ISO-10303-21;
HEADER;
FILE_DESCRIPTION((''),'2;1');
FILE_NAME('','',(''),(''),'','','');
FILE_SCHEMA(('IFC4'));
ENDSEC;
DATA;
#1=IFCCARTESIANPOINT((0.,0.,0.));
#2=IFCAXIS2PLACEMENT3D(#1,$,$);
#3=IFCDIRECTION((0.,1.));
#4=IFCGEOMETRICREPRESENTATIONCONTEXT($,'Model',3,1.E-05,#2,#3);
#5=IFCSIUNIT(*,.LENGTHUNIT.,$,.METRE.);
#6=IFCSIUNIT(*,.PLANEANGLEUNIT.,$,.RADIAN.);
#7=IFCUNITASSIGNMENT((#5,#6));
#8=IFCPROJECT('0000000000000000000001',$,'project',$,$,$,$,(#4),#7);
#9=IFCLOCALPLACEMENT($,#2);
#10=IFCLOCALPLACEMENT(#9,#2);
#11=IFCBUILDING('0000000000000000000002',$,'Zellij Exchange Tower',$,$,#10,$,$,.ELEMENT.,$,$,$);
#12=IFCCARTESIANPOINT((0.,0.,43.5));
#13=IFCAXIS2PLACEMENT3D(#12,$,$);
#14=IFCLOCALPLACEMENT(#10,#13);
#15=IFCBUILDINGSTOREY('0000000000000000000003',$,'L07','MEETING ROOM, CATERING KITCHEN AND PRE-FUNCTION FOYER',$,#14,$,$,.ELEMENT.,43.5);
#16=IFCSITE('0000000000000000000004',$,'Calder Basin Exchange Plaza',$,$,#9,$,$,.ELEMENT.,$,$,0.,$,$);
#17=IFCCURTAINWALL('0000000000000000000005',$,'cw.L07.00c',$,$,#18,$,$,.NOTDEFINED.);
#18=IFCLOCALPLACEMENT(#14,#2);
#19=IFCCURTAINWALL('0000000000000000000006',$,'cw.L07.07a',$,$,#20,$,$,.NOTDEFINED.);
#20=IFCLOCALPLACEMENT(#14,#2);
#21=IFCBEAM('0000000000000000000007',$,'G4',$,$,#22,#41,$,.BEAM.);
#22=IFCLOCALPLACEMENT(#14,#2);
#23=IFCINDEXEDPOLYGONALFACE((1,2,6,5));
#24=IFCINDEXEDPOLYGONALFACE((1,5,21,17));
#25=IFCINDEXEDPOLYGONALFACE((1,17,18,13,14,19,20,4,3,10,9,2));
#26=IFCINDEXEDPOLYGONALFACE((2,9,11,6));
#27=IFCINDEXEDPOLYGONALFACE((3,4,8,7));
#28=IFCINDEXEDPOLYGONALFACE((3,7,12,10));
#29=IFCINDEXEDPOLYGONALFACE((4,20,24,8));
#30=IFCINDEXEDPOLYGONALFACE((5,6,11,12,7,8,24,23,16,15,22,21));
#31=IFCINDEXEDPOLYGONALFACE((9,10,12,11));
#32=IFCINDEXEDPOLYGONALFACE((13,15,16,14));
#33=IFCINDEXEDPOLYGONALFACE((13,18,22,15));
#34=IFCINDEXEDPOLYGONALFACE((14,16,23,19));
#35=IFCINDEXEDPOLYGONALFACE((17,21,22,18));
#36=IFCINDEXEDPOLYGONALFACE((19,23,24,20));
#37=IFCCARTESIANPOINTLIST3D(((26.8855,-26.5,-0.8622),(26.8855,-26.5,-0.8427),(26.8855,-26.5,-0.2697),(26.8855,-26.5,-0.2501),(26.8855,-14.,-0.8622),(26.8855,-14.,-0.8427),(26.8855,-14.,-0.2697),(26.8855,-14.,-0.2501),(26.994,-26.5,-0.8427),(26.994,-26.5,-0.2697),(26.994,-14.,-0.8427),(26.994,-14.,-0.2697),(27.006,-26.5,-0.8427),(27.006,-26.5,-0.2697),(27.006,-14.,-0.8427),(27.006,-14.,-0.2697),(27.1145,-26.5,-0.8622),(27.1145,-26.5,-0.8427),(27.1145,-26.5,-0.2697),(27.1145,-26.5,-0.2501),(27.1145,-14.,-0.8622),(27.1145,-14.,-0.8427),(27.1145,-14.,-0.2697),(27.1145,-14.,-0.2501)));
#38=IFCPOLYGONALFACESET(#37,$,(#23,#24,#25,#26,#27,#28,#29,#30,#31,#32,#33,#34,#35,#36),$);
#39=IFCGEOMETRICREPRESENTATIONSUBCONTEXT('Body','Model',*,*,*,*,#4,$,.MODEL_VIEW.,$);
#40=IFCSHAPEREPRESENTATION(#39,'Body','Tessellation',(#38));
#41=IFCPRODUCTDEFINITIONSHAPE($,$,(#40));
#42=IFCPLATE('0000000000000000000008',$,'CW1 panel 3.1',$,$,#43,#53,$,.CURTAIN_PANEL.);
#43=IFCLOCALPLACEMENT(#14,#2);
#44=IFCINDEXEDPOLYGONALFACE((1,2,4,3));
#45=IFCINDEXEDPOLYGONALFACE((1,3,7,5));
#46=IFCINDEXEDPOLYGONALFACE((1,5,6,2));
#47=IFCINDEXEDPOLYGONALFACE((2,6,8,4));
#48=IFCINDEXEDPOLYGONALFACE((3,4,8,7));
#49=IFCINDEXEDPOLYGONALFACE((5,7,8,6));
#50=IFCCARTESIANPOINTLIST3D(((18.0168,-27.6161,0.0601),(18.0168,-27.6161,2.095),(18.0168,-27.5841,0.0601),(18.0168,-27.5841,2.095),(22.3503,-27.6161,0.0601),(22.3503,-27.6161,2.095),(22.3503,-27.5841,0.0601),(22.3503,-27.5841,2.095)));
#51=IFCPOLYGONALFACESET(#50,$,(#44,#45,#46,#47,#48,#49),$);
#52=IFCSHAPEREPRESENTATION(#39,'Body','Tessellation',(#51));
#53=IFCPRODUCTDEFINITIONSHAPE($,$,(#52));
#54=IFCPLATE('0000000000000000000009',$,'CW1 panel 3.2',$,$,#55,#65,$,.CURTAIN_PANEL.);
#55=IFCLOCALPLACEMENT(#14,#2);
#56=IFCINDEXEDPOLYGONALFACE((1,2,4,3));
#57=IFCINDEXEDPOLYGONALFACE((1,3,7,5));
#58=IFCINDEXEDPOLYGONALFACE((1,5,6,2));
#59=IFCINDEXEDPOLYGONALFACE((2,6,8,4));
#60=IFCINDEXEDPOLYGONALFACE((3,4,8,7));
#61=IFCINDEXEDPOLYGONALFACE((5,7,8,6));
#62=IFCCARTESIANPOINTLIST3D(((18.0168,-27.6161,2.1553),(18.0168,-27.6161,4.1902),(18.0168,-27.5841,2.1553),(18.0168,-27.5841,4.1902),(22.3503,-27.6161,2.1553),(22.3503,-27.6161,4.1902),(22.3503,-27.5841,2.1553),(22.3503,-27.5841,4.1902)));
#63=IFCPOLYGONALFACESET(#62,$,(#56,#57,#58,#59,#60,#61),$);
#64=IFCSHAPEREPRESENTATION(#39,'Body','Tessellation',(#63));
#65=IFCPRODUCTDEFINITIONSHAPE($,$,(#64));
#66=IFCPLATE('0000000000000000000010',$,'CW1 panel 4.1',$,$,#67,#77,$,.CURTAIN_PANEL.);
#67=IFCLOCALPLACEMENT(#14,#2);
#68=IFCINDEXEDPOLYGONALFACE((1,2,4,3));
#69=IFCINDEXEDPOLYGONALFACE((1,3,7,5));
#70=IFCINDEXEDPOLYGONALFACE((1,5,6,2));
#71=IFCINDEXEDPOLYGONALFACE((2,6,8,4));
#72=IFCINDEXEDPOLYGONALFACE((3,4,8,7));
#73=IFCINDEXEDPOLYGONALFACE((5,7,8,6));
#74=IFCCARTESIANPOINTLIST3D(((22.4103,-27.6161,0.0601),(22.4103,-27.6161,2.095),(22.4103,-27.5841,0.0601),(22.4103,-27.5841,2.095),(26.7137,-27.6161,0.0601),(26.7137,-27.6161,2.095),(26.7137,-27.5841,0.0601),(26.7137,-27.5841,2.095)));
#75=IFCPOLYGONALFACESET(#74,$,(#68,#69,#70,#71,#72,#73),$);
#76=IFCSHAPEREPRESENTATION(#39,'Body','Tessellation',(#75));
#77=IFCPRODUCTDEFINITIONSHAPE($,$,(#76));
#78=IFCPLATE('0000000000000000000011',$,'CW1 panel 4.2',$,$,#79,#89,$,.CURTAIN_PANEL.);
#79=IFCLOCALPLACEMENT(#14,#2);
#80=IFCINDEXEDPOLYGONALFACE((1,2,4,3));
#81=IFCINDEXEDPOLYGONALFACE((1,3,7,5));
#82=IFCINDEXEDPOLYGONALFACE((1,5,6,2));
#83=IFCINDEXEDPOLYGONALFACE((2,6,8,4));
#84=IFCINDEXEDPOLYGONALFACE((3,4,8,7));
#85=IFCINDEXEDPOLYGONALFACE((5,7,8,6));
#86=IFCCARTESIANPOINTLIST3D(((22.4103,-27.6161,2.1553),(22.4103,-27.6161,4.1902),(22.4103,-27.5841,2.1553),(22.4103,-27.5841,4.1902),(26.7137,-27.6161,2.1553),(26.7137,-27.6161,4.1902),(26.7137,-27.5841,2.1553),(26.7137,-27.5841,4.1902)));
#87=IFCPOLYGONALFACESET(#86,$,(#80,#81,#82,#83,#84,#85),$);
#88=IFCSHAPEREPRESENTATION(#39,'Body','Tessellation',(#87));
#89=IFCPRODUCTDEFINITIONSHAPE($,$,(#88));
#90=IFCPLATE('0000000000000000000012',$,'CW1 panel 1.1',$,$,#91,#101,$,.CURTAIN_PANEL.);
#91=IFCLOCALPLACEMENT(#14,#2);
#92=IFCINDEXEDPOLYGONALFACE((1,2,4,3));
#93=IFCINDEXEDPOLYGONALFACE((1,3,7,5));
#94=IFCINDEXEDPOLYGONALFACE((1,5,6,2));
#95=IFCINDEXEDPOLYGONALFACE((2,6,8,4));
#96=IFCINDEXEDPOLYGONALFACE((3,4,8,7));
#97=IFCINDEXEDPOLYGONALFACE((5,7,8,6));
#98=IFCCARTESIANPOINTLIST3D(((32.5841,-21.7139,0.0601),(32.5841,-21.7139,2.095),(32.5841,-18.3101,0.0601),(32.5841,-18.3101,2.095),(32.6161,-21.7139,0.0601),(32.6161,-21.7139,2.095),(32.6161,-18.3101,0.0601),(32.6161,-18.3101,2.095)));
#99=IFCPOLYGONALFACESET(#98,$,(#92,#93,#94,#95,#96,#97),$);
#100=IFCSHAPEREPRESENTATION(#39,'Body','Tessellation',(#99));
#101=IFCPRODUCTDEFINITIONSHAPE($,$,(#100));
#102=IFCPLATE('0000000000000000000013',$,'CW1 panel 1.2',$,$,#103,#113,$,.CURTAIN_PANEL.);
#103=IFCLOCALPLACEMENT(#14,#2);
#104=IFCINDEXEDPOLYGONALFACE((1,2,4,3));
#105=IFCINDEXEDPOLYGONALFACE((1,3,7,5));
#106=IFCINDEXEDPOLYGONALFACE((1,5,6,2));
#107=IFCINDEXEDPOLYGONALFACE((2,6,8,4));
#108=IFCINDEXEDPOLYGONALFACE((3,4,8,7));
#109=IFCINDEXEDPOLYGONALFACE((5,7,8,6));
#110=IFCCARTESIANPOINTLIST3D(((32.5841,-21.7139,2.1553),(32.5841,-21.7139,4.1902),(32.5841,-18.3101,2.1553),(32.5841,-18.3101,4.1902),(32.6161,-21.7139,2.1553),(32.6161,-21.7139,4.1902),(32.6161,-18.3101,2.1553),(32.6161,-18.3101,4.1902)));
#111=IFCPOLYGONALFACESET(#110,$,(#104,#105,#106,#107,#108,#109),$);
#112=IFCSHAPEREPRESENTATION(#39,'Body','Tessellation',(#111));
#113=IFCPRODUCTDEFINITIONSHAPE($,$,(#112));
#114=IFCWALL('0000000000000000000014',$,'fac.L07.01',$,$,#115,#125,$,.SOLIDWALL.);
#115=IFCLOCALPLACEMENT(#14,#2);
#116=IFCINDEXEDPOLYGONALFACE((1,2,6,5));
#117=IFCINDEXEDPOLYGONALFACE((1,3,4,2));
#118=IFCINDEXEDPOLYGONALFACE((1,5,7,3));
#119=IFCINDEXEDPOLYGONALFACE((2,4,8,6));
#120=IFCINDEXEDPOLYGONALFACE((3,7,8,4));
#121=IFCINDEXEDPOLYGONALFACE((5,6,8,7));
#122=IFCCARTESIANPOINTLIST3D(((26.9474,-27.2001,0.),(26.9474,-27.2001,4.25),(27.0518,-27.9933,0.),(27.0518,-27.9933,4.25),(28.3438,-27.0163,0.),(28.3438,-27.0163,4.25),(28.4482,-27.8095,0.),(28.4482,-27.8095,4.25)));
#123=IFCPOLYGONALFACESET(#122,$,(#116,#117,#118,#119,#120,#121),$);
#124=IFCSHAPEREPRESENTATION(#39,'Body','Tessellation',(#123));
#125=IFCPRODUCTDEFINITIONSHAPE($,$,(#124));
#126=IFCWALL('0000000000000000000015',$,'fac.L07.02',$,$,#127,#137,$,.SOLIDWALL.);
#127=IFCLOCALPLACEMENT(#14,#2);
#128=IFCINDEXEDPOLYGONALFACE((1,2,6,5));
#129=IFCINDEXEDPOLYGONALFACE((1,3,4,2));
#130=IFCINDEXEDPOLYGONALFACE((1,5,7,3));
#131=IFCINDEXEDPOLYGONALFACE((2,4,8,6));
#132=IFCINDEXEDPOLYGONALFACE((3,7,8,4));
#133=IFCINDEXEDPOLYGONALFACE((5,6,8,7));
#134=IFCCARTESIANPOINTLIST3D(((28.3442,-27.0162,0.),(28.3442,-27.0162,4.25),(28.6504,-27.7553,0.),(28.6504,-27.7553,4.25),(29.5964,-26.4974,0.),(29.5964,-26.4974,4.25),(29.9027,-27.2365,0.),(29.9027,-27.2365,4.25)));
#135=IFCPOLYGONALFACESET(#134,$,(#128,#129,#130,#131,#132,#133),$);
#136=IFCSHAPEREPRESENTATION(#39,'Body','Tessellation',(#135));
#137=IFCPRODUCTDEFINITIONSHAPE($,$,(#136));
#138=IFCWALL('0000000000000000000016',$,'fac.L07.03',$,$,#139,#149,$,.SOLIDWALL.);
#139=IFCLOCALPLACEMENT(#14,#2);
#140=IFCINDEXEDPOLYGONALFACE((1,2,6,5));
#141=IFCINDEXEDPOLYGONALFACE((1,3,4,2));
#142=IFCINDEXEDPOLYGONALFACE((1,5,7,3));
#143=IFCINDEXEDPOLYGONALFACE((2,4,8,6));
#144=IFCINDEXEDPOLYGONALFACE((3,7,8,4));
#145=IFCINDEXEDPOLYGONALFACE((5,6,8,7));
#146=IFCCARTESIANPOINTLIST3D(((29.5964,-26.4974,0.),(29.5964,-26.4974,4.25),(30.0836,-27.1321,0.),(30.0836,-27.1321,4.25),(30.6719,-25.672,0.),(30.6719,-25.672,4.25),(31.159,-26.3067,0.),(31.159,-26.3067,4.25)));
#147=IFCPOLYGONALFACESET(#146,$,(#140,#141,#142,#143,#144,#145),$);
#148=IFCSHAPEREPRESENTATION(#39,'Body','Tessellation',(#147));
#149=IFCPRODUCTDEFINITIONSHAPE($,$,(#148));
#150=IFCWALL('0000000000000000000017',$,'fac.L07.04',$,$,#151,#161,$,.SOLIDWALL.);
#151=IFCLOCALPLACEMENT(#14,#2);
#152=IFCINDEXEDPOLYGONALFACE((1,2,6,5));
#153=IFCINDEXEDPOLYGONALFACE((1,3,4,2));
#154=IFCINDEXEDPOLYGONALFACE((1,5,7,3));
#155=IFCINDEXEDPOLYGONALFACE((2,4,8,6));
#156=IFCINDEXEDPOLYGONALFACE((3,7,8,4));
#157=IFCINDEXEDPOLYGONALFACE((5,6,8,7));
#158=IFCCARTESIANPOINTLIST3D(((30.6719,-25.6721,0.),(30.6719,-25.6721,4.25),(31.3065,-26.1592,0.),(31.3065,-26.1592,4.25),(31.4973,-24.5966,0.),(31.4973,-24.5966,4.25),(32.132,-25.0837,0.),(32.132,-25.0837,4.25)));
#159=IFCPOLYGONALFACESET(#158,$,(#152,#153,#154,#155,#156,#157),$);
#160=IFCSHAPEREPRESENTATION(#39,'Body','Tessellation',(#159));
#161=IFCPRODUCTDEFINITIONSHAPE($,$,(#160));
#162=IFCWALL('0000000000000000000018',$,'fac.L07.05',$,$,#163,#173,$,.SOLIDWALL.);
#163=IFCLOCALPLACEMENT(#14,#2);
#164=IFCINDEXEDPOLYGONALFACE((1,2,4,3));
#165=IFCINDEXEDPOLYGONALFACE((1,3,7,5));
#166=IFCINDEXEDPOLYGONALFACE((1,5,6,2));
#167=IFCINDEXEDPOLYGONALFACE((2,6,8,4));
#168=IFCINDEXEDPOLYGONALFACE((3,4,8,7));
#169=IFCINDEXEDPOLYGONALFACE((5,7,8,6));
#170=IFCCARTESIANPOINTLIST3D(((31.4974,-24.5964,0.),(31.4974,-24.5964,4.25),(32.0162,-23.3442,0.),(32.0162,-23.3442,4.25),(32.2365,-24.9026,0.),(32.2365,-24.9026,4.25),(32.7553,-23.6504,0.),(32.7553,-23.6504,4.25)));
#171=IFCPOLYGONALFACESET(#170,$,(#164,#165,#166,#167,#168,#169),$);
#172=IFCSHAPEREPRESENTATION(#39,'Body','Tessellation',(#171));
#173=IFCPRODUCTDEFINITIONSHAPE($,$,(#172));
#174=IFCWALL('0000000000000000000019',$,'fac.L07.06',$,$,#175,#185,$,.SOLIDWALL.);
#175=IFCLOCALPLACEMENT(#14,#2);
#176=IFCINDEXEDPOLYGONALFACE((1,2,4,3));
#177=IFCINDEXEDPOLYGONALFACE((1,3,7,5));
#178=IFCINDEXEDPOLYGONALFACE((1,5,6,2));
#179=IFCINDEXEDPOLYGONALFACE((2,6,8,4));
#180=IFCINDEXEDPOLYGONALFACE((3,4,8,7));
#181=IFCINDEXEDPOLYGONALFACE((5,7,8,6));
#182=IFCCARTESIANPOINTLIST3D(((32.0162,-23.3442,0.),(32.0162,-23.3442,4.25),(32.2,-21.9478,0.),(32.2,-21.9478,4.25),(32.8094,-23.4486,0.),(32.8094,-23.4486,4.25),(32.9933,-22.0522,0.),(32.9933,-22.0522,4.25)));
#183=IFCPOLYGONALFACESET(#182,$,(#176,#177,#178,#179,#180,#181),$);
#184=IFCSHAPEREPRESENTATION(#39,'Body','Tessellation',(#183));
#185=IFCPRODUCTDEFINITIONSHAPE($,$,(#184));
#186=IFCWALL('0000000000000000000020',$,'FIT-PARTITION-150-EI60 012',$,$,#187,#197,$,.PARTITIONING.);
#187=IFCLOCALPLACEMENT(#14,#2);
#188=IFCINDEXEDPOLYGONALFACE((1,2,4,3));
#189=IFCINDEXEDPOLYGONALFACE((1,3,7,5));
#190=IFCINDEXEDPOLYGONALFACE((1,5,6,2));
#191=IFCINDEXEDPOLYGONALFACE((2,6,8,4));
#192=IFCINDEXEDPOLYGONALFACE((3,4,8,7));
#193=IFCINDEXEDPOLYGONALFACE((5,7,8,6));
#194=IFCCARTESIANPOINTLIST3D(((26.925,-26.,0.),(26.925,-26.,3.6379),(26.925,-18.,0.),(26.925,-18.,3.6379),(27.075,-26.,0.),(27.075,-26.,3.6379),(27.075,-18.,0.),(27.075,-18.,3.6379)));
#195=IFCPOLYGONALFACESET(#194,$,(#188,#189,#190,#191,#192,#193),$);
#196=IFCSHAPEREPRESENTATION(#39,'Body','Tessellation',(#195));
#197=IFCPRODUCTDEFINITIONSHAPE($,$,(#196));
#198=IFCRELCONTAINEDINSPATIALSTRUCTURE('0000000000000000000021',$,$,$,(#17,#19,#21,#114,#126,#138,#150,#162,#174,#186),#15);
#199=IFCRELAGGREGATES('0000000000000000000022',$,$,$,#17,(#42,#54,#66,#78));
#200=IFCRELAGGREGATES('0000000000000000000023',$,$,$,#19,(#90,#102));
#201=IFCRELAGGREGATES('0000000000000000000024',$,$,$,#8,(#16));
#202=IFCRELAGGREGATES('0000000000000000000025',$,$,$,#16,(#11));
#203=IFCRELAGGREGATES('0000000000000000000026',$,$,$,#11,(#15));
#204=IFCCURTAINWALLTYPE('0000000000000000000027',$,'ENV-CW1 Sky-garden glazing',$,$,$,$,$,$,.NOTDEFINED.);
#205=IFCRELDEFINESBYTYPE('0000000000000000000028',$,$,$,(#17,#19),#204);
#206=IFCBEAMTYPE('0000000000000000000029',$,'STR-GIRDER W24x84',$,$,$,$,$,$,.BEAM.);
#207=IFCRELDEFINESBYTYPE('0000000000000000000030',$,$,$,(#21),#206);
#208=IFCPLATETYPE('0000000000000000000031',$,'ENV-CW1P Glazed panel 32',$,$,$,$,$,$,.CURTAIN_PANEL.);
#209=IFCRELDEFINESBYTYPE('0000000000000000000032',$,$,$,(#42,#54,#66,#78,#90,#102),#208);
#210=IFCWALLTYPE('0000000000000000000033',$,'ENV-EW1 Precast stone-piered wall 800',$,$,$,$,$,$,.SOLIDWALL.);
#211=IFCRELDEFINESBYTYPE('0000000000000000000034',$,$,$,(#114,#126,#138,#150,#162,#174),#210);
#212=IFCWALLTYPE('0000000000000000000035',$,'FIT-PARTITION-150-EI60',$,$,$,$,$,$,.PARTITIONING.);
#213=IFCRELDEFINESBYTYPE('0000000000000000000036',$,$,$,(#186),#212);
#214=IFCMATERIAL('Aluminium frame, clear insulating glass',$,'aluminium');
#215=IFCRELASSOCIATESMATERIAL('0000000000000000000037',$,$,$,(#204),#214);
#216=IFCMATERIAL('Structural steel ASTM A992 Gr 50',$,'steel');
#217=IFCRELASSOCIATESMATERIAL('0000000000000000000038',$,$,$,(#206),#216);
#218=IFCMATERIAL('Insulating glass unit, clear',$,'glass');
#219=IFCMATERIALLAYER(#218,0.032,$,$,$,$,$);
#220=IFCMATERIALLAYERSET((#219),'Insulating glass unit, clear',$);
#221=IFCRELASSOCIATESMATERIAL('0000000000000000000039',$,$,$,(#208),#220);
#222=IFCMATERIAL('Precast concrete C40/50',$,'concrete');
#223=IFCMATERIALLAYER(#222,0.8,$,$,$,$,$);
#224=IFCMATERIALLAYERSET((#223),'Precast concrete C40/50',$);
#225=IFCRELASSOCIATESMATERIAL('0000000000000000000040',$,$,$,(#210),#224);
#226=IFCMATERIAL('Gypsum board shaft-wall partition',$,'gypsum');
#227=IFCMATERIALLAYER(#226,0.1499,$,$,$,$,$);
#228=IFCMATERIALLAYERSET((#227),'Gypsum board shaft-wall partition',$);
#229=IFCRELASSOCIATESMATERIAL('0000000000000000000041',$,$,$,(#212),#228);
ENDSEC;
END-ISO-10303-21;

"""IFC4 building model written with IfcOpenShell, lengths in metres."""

from ifc_helpers import new_model, si_unit, direction, frame, frame_2d, origin, origin_2d, place, context, subcontext, project, spatial, rectangle, i_section, extrude, material, layer, layer_set, material_profile, profile_set, type_object, element, aggregate, save


model = new_model("IFC4")

# Units and contexts
model_context = context("Model", 3, precision=1e-05, world=origin(), true_north=direction((0.0, 1.0)))
body_context = subcontext(model_context, "Body", "Model", "MODEL_VIEW")
ifc_project = project(units=[si_unit("LENGTHUNIT", "METRE"), si_unit("PLANEANGLEUNIT", "RADIAN")], contexts=[model_context])

# Site, building, storey
site_placement = place(None, origin())
site = spatial("IfcSite", under=ifc_project, at=site_placement, Name="Calder Basin Exchange Plaza", CompositionType="ELEMENT", RefElevation=0.0)
building_placement = place(site_placement, origin())
building = spatial("IfcBuilding", under=site, at=building_placement, Name="Zellij Exchange Tower", CompositionType="ELEMENT")
storey_placement = place(building_placement, frame((0.0, 0.0, 43.5)))
storey = spatial("IfcBuildingStorey", under=building, at=storey_placement, Name="L07", Description="MEETING ROOM, CATERING KITCHEN AND PRE-FUNCTION FOYER", CompositionType="ELEMENT", Elevation=43.5)

# Curtain walls
ifc_material_1 = material(Name="Aluminium frame, clear insulating glass", Category="aluminium")
curtain_wall_type = type_object("IfcCurtainWallType", Name="ENV-CW1 Sky-garden glazing", PredefinedType="NOTDEFINED", material=ifc_material_1)
curtain_wall_1_placement = place(storey_placement, origin())
curtain_wall_1 = element("IfcCurtainWall", 1, at=curtain_wall_1_placement, inside=storey, type_object=curtain_wall_type, Name="cw.L07.00c", PredefinedType="NOTDEFINED")
curtain_wall_2_placement = place(storey_placement, origin())
curtain_wall_2 = element("IfcCurtainWall", 2, at=curtain_wall_2_placement, inside=storey, type_object=curtain_wall_type, Name="cw.L07.07a", PredefinedType="NOTDEFINED")

# Beam
ifc_material_2 = material(Name="Structural steel ASTM A992 Gr 50", Category="steel")
ifc_material_profile_1 = material_profile(ifc_material_2, i_section(OverallWidth=0.229, OverallDepth=0.6121, WebThickness=0.012, FlangeThickness=0.0195, at=origin_2d()), Name="W24x84")
ifc_profile_set_1 = profile_set([ifc_material_profile_1], Name="Structural steel ASTM A992 Gr 50")
beam_type_1 = type_object("IfcBeamType", Name="STR-GIRDER W24x84", PredefinedType="BEAM", material=ifc_profile_set_1)
beam_1_placement = place(storey_placement, frame((27.0, -26.5, -0.5562), z_axis=(0.0, 1.0, 0.0), x_axis=(-1.0, 0.0, 0.0)))
element("IfcBeam", 3, at=beam_1_placement, inside=storey, type_object=beam_type_1, Name="G4", PredefinedType="BEAM", context=body_context, shape_type="SweptSolid", body=[
    extrude(i_section(OverallWidth=0.229, OverallDepth=0.6121, WebThickness=0.012, FlangeThickness=0.0195, at=origin_2d()), origin(), (0.0, 0.0, 1.0), 12.5),
])

# Plates
ifc_material_3 = material(Name="Insulating glass unit, clear", Category="glass")
ifc_layer_1 = layer(ifc_material_3, 0.032)
ifc_layer_set_1 = layer_set([ifc_layer_1], Name="Insulating glass unit, clear")
plate_type = type_object("IfcPlateType", Name="ENV-CW1P Glazed panel 32", PredefinedType="CURTAIN_PANEL", material=ifc_layer_set_1)
plate_1_placement = place(storey_placement, frame((20.1836, -27.6001, 0.0601), z_axis=(0.0, 0.0, 1.0), x_axis=(1.0, 0.0, 0.0)))
plate_1 = element("IfcPlate", 4, at=plate_1_placement, type_object=plate_type, Name="CW1 panel 3.1", PredefinedType="CURTAIN_PANEL", context=body_context, shape_type="SweptSolid", body=[
    extrude(rectangle(XDim=4.3335, YDim=0.032, at=origin_2d()), origin(), (0.0, 0.0, 1.0), 2.0349),
])
plate_2_placement = place(storey_placement, frame((20.1836, -27.6001, 2.1553), z_axis=(0.0, 0.0, 1.0), x_axis=(1.0, 0.0, 0.0)))
plate_2 = element("IfcPlate", 5, at=plate_2_placement, type_object=plate_type, Name="CW1 panel 3.2", PredefinedType="CURTAIN_PANEL", context=body_context, shape_type="SweptSolid", body=[
    extrude(rectangle(XDim=4.3335, YDim=0.032, at=origin_2d()), origin(), (0.0, 0.0, 1.0), 2.0349),
])
plate_3_placement = place(storey_placement, frame((24.562, -27.6001, 0.0601), z_axis=(0.0, 0.0, 1.0), x_axis=(1.0, 0.0, 0.0)))
plate_3 = element("IfcPlate", 6, at=plate_3_placement, type_object=plate_type, Name="CW1 panel 4.1", PredefinedType="CURTAIN_PANEL", context=body_context, shape_type="SweptSolid", body=[
    extrude(rectangle(XDim=4.3035, YDim=0.032, at=origin_2d()), origin(), (0.0, 0.0, 1.0), 2.0349),
])
plate_4_placement = place(storey_placement, frame((24.562, -27.6001, 2.1553), z_axis=(0.0, 0.0, 1.0), x_axis=(1.0, 0.0, 0.0)))
plate_4 = element("IfcPlate", 7, at=plate_4_placement, type_object=plate_type, Name="CW1 panel 4.2", PredefinedType="CURTAIN_PANEL", context=body_context, shape_type="SweptSolid", body=[
    extrude(rectangle(XDim=4.3035, YDim=0.032, at=origin_2d()), origin(), (0.0, 0.0, 1.0), 2.0349),
])
aggregate(curtain_wall_1, [plate_1, plate_2, plate_3, plate_4])
plate_5_placement = place(storey_placement, frame((32.6001, -20.012, 0.0601), z_axis=(0.0, 0.0, 1.0), x_axis=(0.0, 1.0, 0.0)))
plate_5 = element("IfcPlate", 8, at=plate_5_placement, type_object=plate_type, Name="CW1 panel 1.1", PredefinedType="CURTAIN_PANEL", context=body_context, shape_type="SweptSolid", body=[
    extrude(rectangle(XDim=3.4038, YDim=0.032, at=origin_2d()), origin(), (0.0, 0.0, 1.0), 2.0349),
])
plate_6_placement = place(storey_placement, frame((32.6001, -20.012, 2.1553), z_axis=(0.0, 0.0, 1.0), x_axis=(0.0, 1.0, 0.0)))
plate_6 = element("IfcPlate", 9, at=plate_6_placement, type_object=plate_type, Name="CW1 panel 1.2", PredefinedType="CURTAIN_PANEL", context=body_context, shape_type="SweptSolid", body=[
    extrude(rectangle(XDim=3.4038, YDim=0.032, at=origin_2d()), origin(), (0.0, 0.0, 1.0), 2.0349),
])
aggregate(curtain_wall_2, [plate_5, plate_6])

# Walls
ifc_material_4 = material(Name="Precast concrete C40/50", Category="concrete")
ifc_layer_2 = layer(ifc_material_4, 0.8)
ifc_layer_set_2 = layer_set([ifc_layer_2], Name="Precast concrete C40/50")
wall_type_1 = type_object("IfcWallType", Name="ENV-EW1 Precast stone-piered wall 800", PredefinedType="SOLIDWALL", material=ifc_layer_set_2)
wall_1_placement = place(storey_placement, frame((26.9998, -27.5967, 0.0), z_axis=(0.0, 0.0, 1.0), x_axis=(0.991446, 0.130517, 0.0)))
element("IfcWall", 10, at=wall_1_placement, inside=storey, type_object=wall_type_1, Name="fac.L07.01", PredefinedType="SOLIDWALL", context=body_context, shape_type="SweptSolid", body=[
    extrude(rectangle(XDim=1.4084, YDim=0.8, at=frame_2d((0.7041, 0.0))), origin(), (0.0, 0.0, 1.0), 4.25),
])
wall_2_placement = place(storey_placement, frame((28.4973, -27.3857, 0.0), z_axis=(0.0, 0.0, 1.0), x_axis=(0.923848, 0.38276, 0.0)))
element("IfcWall", 11, at=wall_2_placement, inside=storey, type_object=wall_type_1, Name="fac.L07.02", PredefinedType="SOLIDWALL", context=body_context, shape_type="SweptSolid", body=[
    extrude(rectangle(XDim=1.3555, YDim=0.8, at=frame_2d((0.6777, 0.0))), origin(), (0.0, 0.0, 1.0), 4.25),
])
for number, where, z_axis, x_axis, name in (
    (12, (29.8401, -26.8147, 0.0), (0.0, 0.0, 1.0), (0.793273, 0.608866, 0.0), "fac.L07.03"),
    (13, (30.9893, -25.9155, 0.0), (0.0, 0.0, 1.0), (0.608866, 0.793273, 0.0), "fac.L07.04"),
):
    element("IfcWall", number, at=place(storey_placement, frame(where, z_axis=z_axis, x_axis=x_axis)), inside=storey, type_object=wall_type_1, Name=name, PredefinedType="SOLIDWALL", context=body_context, shape_type="SweptSolid", body=[
        extrude(rectangle(XDim=1.3557, YDim=0.8, at=frame_2d((0.6777, 0.0))), origin(), (0.0, 0.0, 1.0), 4.25),
    ])
wall_3_placement = place(storey_placement, frame((31.8669, -24.7495, 0.0), z_axis=(0.0, 0.0, 1.0), x_axis=(0.38276, 0.923848, 0.0)))
element("IfcWall", 14, at=wall_3_placement, inside=storey, type_object=wall_type_1, Name="fac.L07.05", PredefinedType="SOLIDWALL", context=body_context, shape_type="SweptSolid", body=[
    extrude(rectangle(XDim=1.3555, YDim=0.8, at=frame_2d((0.6777, 0.0))), origin(), (0.0, 0.0, 1.0), 4.25),
])
wall_4_placement = place(storey_placement, frame((32.4128, -23.3962, 0.0), z_axis=(0.0, 0.0, 1.0), x_axis=(0.130517, 0.991446, 0.0)))
element("IfcWall", 15, at=wall_4_placement, inside=storey, type_object=wall_type_1, Name="fac.L07.06", PredefinedType="SOLIDWALL", context=body_context, shape_type="SweptSolid", body=[
    extrude(rectangle(XDim=1.4084, YDim=0.8, at=frame_2d((0.7041, 0.0))), origin(), (0.0, 0.0, 1.0), 4.25),
])
ifc_material_5 = material(Name="Gypsum board shaft-wall partition", Category="gypsum")
ifc_layer_3 = layer(ifc_material_5, 0.1499)
ifc_layer_set_3 = layer_set([ifc_layer_3], Name="Gypsum board shaft-wall partition")
wall_type_2 = type_object("IfcWallType", Name="FIT-PARTITION-150-EI60", PredefinedType="PARTITIONING", material=ifc_layer_set_3)
wall_5_placement = place(storey_placement, frame((27.0, -26.0, 0.0), z_axis=(0.0, 0.0, 1.0), x_axis=(0.0, 1.0, 0.0)))
element("IfcWall", 16, at=wall_5_placement, inside=storey, type_object=wall_type_2, Name="FIT-PARTITION-150-EI60 012", PredefinedType="PARTITIONING", context=body_context, shape_type="SweptSolid", body=[
    extrude(rectangle(XDim=8.0, YDim=0.1499, at=frame_2d((4.0, 0.0))), origin(), (0.0, 0.0, 1.0), 3.6379),
])

save(model, "model.ifc")
